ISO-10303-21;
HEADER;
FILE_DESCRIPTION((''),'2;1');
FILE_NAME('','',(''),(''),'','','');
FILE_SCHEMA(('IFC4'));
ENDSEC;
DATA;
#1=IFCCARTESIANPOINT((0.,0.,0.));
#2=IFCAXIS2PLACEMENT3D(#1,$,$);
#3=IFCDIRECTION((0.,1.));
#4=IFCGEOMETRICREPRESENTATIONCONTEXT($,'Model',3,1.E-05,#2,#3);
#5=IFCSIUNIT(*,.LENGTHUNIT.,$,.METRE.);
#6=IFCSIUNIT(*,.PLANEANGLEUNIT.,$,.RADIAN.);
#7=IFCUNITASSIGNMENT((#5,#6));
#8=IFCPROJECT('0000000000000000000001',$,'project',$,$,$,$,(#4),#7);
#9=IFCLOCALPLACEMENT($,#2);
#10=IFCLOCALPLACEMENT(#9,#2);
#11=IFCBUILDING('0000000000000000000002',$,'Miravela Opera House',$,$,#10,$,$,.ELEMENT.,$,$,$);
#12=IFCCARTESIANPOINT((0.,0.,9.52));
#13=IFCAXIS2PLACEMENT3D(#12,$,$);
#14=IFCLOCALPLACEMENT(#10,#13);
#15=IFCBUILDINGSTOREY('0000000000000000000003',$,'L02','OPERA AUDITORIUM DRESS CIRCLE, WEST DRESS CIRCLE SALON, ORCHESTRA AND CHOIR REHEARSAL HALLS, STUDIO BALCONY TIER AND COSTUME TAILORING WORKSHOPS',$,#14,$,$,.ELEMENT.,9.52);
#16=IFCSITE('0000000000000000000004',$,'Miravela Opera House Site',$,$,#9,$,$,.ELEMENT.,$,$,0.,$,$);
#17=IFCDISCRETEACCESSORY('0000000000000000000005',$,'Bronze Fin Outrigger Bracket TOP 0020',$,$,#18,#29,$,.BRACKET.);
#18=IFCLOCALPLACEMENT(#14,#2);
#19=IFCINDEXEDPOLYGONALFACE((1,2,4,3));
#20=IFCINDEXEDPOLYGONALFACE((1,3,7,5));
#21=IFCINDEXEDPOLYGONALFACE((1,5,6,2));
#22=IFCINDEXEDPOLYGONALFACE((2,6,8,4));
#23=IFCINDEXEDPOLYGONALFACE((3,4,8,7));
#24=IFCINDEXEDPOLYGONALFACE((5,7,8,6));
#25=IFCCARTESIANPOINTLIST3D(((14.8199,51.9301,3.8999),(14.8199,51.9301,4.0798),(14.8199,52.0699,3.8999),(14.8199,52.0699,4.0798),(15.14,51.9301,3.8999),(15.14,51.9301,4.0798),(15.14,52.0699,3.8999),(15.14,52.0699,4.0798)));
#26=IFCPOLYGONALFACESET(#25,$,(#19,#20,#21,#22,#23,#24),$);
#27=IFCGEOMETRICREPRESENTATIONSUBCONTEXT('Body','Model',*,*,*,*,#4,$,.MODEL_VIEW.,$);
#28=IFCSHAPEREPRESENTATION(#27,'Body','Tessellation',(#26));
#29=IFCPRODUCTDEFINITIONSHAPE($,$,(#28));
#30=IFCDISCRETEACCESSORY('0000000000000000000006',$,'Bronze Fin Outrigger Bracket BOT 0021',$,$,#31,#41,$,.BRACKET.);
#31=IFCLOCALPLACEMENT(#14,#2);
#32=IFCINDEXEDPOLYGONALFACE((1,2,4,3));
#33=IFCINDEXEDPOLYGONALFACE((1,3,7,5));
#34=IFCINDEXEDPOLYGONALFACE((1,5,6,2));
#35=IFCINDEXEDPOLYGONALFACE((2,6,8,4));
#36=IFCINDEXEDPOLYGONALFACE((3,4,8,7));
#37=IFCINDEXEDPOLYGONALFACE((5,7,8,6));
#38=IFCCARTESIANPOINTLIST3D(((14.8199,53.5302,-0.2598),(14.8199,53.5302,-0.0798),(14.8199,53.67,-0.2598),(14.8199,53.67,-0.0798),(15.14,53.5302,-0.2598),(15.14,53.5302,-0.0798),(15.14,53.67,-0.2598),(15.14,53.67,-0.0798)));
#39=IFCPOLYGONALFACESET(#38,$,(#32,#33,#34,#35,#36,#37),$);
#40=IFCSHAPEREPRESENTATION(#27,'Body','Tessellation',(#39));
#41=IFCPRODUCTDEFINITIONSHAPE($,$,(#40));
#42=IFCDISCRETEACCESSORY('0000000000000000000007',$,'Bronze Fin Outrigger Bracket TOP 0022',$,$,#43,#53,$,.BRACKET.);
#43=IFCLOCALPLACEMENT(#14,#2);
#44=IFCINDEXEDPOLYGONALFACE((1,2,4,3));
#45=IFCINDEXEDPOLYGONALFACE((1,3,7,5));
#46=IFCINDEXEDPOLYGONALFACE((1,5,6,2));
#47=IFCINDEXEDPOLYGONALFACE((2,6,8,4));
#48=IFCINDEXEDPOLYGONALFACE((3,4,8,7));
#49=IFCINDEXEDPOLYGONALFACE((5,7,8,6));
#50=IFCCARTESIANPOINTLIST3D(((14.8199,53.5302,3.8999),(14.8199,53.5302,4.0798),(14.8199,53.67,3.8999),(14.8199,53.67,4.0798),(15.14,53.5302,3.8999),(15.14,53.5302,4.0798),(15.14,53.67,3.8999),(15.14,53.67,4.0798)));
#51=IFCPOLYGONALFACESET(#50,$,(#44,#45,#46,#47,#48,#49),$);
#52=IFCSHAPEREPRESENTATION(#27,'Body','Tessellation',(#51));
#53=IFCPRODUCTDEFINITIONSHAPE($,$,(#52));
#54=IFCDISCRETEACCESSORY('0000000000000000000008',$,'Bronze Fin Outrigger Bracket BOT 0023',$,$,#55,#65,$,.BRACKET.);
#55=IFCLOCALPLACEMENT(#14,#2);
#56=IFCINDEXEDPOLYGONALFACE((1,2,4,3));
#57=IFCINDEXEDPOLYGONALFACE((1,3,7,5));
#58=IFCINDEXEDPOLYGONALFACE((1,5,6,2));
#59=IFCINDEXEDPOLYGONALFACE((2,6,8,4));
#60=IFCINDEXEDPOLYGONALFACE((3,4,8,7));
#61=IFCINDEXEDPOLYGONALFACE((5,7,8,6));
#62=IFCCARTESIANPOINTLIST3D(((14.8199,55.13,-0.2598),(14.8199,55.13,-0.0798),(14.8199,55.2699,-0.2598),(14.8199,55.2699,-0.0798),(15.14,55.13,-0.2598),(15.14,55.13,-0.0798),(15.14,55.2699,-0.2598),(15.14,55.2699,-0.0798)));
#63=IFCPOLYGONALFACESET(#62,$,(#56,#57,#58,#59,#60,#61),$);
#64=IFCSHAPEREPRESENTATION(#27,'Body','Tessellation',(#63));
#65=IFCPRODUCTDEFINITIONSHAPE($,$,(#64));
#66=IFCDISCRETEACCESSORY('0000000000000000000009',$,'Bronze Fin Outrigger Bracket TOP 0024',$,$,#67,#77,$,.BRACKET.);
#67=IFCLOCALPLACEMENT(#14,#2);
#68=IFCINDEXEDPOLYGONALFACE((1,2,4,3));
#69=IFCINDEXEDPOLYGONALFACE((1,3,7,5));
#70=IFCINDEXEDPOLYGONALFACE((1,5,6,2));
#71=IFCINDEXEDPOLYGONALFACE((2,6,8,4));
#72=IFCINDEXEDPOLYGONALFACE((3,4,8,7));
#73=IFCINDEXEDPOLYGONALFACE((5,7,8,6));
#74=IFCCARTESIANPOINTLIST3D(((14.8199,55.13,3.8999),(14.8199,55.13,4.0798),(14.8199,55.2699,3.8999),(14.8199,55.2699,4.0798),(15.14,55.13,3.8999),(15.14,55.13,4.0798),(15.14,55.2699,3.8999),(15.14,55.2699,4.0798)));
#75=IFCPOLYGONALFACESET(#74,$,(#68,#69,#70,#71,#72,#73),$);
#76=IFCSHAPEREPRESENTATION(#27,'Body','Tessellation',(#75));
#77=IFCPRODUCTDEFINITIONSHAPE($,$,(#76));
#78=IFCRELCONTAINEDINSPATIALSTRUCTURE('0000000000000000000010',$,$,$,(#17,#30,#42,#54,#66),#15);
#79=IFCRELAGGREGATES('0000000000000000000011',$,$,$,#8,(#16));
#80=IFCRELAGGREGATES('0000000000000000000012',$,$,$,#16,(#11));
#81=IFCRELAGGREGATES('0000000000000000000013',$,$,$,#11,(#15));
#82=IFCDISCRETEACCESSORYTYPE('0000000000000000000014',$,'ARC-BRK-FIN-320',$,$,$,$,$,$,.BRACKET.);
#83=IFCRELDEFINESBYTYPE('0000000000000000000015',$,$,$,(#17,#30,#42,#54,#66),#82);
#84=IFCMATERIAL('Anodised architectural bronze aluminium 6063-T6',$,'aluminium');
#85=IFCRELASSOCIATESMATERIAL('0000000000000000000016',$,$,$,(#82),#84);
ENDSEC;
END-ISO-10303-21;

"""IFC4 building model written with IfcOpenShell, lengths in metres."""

from ifc_helpers import new_model, si_unit, direction, frame, origin, origin_2d, place, context, subcontext, project, spatial, rectangle, extrude, material, type_object, element, save


model = new_model("IFC4")

# Units and contexts
model_context = context("Model", 3, precision=1e-05, world=origin(), true_north=direction((0.0, 1.0)))
body_context = subcontext(model_context, "Body", "Model", "MODEL_VIEW")
ifc_project = project(units=[si_unit("LENGTHUNIT", "METRE"), si_unit("PLANEANGLEUNIT", "RADIAN")], contexts=[model_context])

# Site, building, storey
site_placement = place(None, origin())
site = spatial("IfcSite", under=ifc_project, at=site_placement, Name="Miravela Opera House Site", CompositionType="ELEMENT", RefElevation=0.0)
building_placement = place(site_placement, origin())
building = spatial("IfcBuilding", under=site, at=building_placement, Name="Miravela Opera House", CompositionType="ELEMENT")
storey_placement = place(building_placement, frame((0.0, 0.0, 9.52)))
storey = spatial("IfcBuildingStorey", under=building, at=storey_placement, Name="L02", Description="OPERA AUDITORIUM DRESS CIRCLE, WEST DRESS CIRCLE SALON, ORCHESTRA AND CHOIR REHEARSAL HALLS, STUDIO BALCONY TIER AND COSTUME TAILORING WORKSHOPS", CompositionType="ELEMENT", Elevation=9.52)

# Shared definitions
ifc_material_1 = material(Name="Anodised architectural bronze aluminium 6063-T6", Category="aluminium")

# Discrete accessories
discrete_accessory_type = type_object("IfcDiscreteAccessoryType", Name="ARC-BRK-FIN-320", PredefinedType="BRACKET", material=ifc_material_1)
for number, where, z_axis, x_axis, name in (
    (1, (14.98, 52.0, 3.8999), (0.0, 0.0, 1.0), (1.0, 0.0, 0.0), "Bronze Fin Outrigger Bracket TOP 0020"),
    (2, (14.98, 53.6001, -0.2598), (0.0, 0.0, 1.0), (1.0, 0.0, 0.0), "Bronze Fin Outrigger Bracket BOT 0021"),
    (3, (14.98, 53.6001, 3.8999), (0.0, 0.0, 1.0), (1.0, 0.0, 0.0), "Bronze Fin Outrigger Bracket TOP 0022"),
    (4, (14.98, 55.2, -0.2598), (0.0, 0.0, 1.0), (1.0, 0.0, 0.0), "Bronze Fin Outrigger Bracket BOT 0023"),
    (5, (14.98, 55.2, 3.8999), (0.0, 0.0, 1.0), (1.0, 0.0, 0.0), "Bronze Fin Outrigger Bracket TOP 0024"),
):
    element("IfcDiscreteAccessory", number, at=place(storey_placement, frame(where, z_axis=z_axis, x_axis=x_axis)), inside=storey, type_object=discrete_accessory_type, Name=name, PredefinedType="BRACKET", context=body_context, shape_type="SweptSolid", body=[
        extrude(rectangle(XDim=0.3201, YDim=0.1399, at=origin_2d()), origin(), (0.0, 0.0, 1.0), 0.1799),
    ])

save(model, "model.ifc")
